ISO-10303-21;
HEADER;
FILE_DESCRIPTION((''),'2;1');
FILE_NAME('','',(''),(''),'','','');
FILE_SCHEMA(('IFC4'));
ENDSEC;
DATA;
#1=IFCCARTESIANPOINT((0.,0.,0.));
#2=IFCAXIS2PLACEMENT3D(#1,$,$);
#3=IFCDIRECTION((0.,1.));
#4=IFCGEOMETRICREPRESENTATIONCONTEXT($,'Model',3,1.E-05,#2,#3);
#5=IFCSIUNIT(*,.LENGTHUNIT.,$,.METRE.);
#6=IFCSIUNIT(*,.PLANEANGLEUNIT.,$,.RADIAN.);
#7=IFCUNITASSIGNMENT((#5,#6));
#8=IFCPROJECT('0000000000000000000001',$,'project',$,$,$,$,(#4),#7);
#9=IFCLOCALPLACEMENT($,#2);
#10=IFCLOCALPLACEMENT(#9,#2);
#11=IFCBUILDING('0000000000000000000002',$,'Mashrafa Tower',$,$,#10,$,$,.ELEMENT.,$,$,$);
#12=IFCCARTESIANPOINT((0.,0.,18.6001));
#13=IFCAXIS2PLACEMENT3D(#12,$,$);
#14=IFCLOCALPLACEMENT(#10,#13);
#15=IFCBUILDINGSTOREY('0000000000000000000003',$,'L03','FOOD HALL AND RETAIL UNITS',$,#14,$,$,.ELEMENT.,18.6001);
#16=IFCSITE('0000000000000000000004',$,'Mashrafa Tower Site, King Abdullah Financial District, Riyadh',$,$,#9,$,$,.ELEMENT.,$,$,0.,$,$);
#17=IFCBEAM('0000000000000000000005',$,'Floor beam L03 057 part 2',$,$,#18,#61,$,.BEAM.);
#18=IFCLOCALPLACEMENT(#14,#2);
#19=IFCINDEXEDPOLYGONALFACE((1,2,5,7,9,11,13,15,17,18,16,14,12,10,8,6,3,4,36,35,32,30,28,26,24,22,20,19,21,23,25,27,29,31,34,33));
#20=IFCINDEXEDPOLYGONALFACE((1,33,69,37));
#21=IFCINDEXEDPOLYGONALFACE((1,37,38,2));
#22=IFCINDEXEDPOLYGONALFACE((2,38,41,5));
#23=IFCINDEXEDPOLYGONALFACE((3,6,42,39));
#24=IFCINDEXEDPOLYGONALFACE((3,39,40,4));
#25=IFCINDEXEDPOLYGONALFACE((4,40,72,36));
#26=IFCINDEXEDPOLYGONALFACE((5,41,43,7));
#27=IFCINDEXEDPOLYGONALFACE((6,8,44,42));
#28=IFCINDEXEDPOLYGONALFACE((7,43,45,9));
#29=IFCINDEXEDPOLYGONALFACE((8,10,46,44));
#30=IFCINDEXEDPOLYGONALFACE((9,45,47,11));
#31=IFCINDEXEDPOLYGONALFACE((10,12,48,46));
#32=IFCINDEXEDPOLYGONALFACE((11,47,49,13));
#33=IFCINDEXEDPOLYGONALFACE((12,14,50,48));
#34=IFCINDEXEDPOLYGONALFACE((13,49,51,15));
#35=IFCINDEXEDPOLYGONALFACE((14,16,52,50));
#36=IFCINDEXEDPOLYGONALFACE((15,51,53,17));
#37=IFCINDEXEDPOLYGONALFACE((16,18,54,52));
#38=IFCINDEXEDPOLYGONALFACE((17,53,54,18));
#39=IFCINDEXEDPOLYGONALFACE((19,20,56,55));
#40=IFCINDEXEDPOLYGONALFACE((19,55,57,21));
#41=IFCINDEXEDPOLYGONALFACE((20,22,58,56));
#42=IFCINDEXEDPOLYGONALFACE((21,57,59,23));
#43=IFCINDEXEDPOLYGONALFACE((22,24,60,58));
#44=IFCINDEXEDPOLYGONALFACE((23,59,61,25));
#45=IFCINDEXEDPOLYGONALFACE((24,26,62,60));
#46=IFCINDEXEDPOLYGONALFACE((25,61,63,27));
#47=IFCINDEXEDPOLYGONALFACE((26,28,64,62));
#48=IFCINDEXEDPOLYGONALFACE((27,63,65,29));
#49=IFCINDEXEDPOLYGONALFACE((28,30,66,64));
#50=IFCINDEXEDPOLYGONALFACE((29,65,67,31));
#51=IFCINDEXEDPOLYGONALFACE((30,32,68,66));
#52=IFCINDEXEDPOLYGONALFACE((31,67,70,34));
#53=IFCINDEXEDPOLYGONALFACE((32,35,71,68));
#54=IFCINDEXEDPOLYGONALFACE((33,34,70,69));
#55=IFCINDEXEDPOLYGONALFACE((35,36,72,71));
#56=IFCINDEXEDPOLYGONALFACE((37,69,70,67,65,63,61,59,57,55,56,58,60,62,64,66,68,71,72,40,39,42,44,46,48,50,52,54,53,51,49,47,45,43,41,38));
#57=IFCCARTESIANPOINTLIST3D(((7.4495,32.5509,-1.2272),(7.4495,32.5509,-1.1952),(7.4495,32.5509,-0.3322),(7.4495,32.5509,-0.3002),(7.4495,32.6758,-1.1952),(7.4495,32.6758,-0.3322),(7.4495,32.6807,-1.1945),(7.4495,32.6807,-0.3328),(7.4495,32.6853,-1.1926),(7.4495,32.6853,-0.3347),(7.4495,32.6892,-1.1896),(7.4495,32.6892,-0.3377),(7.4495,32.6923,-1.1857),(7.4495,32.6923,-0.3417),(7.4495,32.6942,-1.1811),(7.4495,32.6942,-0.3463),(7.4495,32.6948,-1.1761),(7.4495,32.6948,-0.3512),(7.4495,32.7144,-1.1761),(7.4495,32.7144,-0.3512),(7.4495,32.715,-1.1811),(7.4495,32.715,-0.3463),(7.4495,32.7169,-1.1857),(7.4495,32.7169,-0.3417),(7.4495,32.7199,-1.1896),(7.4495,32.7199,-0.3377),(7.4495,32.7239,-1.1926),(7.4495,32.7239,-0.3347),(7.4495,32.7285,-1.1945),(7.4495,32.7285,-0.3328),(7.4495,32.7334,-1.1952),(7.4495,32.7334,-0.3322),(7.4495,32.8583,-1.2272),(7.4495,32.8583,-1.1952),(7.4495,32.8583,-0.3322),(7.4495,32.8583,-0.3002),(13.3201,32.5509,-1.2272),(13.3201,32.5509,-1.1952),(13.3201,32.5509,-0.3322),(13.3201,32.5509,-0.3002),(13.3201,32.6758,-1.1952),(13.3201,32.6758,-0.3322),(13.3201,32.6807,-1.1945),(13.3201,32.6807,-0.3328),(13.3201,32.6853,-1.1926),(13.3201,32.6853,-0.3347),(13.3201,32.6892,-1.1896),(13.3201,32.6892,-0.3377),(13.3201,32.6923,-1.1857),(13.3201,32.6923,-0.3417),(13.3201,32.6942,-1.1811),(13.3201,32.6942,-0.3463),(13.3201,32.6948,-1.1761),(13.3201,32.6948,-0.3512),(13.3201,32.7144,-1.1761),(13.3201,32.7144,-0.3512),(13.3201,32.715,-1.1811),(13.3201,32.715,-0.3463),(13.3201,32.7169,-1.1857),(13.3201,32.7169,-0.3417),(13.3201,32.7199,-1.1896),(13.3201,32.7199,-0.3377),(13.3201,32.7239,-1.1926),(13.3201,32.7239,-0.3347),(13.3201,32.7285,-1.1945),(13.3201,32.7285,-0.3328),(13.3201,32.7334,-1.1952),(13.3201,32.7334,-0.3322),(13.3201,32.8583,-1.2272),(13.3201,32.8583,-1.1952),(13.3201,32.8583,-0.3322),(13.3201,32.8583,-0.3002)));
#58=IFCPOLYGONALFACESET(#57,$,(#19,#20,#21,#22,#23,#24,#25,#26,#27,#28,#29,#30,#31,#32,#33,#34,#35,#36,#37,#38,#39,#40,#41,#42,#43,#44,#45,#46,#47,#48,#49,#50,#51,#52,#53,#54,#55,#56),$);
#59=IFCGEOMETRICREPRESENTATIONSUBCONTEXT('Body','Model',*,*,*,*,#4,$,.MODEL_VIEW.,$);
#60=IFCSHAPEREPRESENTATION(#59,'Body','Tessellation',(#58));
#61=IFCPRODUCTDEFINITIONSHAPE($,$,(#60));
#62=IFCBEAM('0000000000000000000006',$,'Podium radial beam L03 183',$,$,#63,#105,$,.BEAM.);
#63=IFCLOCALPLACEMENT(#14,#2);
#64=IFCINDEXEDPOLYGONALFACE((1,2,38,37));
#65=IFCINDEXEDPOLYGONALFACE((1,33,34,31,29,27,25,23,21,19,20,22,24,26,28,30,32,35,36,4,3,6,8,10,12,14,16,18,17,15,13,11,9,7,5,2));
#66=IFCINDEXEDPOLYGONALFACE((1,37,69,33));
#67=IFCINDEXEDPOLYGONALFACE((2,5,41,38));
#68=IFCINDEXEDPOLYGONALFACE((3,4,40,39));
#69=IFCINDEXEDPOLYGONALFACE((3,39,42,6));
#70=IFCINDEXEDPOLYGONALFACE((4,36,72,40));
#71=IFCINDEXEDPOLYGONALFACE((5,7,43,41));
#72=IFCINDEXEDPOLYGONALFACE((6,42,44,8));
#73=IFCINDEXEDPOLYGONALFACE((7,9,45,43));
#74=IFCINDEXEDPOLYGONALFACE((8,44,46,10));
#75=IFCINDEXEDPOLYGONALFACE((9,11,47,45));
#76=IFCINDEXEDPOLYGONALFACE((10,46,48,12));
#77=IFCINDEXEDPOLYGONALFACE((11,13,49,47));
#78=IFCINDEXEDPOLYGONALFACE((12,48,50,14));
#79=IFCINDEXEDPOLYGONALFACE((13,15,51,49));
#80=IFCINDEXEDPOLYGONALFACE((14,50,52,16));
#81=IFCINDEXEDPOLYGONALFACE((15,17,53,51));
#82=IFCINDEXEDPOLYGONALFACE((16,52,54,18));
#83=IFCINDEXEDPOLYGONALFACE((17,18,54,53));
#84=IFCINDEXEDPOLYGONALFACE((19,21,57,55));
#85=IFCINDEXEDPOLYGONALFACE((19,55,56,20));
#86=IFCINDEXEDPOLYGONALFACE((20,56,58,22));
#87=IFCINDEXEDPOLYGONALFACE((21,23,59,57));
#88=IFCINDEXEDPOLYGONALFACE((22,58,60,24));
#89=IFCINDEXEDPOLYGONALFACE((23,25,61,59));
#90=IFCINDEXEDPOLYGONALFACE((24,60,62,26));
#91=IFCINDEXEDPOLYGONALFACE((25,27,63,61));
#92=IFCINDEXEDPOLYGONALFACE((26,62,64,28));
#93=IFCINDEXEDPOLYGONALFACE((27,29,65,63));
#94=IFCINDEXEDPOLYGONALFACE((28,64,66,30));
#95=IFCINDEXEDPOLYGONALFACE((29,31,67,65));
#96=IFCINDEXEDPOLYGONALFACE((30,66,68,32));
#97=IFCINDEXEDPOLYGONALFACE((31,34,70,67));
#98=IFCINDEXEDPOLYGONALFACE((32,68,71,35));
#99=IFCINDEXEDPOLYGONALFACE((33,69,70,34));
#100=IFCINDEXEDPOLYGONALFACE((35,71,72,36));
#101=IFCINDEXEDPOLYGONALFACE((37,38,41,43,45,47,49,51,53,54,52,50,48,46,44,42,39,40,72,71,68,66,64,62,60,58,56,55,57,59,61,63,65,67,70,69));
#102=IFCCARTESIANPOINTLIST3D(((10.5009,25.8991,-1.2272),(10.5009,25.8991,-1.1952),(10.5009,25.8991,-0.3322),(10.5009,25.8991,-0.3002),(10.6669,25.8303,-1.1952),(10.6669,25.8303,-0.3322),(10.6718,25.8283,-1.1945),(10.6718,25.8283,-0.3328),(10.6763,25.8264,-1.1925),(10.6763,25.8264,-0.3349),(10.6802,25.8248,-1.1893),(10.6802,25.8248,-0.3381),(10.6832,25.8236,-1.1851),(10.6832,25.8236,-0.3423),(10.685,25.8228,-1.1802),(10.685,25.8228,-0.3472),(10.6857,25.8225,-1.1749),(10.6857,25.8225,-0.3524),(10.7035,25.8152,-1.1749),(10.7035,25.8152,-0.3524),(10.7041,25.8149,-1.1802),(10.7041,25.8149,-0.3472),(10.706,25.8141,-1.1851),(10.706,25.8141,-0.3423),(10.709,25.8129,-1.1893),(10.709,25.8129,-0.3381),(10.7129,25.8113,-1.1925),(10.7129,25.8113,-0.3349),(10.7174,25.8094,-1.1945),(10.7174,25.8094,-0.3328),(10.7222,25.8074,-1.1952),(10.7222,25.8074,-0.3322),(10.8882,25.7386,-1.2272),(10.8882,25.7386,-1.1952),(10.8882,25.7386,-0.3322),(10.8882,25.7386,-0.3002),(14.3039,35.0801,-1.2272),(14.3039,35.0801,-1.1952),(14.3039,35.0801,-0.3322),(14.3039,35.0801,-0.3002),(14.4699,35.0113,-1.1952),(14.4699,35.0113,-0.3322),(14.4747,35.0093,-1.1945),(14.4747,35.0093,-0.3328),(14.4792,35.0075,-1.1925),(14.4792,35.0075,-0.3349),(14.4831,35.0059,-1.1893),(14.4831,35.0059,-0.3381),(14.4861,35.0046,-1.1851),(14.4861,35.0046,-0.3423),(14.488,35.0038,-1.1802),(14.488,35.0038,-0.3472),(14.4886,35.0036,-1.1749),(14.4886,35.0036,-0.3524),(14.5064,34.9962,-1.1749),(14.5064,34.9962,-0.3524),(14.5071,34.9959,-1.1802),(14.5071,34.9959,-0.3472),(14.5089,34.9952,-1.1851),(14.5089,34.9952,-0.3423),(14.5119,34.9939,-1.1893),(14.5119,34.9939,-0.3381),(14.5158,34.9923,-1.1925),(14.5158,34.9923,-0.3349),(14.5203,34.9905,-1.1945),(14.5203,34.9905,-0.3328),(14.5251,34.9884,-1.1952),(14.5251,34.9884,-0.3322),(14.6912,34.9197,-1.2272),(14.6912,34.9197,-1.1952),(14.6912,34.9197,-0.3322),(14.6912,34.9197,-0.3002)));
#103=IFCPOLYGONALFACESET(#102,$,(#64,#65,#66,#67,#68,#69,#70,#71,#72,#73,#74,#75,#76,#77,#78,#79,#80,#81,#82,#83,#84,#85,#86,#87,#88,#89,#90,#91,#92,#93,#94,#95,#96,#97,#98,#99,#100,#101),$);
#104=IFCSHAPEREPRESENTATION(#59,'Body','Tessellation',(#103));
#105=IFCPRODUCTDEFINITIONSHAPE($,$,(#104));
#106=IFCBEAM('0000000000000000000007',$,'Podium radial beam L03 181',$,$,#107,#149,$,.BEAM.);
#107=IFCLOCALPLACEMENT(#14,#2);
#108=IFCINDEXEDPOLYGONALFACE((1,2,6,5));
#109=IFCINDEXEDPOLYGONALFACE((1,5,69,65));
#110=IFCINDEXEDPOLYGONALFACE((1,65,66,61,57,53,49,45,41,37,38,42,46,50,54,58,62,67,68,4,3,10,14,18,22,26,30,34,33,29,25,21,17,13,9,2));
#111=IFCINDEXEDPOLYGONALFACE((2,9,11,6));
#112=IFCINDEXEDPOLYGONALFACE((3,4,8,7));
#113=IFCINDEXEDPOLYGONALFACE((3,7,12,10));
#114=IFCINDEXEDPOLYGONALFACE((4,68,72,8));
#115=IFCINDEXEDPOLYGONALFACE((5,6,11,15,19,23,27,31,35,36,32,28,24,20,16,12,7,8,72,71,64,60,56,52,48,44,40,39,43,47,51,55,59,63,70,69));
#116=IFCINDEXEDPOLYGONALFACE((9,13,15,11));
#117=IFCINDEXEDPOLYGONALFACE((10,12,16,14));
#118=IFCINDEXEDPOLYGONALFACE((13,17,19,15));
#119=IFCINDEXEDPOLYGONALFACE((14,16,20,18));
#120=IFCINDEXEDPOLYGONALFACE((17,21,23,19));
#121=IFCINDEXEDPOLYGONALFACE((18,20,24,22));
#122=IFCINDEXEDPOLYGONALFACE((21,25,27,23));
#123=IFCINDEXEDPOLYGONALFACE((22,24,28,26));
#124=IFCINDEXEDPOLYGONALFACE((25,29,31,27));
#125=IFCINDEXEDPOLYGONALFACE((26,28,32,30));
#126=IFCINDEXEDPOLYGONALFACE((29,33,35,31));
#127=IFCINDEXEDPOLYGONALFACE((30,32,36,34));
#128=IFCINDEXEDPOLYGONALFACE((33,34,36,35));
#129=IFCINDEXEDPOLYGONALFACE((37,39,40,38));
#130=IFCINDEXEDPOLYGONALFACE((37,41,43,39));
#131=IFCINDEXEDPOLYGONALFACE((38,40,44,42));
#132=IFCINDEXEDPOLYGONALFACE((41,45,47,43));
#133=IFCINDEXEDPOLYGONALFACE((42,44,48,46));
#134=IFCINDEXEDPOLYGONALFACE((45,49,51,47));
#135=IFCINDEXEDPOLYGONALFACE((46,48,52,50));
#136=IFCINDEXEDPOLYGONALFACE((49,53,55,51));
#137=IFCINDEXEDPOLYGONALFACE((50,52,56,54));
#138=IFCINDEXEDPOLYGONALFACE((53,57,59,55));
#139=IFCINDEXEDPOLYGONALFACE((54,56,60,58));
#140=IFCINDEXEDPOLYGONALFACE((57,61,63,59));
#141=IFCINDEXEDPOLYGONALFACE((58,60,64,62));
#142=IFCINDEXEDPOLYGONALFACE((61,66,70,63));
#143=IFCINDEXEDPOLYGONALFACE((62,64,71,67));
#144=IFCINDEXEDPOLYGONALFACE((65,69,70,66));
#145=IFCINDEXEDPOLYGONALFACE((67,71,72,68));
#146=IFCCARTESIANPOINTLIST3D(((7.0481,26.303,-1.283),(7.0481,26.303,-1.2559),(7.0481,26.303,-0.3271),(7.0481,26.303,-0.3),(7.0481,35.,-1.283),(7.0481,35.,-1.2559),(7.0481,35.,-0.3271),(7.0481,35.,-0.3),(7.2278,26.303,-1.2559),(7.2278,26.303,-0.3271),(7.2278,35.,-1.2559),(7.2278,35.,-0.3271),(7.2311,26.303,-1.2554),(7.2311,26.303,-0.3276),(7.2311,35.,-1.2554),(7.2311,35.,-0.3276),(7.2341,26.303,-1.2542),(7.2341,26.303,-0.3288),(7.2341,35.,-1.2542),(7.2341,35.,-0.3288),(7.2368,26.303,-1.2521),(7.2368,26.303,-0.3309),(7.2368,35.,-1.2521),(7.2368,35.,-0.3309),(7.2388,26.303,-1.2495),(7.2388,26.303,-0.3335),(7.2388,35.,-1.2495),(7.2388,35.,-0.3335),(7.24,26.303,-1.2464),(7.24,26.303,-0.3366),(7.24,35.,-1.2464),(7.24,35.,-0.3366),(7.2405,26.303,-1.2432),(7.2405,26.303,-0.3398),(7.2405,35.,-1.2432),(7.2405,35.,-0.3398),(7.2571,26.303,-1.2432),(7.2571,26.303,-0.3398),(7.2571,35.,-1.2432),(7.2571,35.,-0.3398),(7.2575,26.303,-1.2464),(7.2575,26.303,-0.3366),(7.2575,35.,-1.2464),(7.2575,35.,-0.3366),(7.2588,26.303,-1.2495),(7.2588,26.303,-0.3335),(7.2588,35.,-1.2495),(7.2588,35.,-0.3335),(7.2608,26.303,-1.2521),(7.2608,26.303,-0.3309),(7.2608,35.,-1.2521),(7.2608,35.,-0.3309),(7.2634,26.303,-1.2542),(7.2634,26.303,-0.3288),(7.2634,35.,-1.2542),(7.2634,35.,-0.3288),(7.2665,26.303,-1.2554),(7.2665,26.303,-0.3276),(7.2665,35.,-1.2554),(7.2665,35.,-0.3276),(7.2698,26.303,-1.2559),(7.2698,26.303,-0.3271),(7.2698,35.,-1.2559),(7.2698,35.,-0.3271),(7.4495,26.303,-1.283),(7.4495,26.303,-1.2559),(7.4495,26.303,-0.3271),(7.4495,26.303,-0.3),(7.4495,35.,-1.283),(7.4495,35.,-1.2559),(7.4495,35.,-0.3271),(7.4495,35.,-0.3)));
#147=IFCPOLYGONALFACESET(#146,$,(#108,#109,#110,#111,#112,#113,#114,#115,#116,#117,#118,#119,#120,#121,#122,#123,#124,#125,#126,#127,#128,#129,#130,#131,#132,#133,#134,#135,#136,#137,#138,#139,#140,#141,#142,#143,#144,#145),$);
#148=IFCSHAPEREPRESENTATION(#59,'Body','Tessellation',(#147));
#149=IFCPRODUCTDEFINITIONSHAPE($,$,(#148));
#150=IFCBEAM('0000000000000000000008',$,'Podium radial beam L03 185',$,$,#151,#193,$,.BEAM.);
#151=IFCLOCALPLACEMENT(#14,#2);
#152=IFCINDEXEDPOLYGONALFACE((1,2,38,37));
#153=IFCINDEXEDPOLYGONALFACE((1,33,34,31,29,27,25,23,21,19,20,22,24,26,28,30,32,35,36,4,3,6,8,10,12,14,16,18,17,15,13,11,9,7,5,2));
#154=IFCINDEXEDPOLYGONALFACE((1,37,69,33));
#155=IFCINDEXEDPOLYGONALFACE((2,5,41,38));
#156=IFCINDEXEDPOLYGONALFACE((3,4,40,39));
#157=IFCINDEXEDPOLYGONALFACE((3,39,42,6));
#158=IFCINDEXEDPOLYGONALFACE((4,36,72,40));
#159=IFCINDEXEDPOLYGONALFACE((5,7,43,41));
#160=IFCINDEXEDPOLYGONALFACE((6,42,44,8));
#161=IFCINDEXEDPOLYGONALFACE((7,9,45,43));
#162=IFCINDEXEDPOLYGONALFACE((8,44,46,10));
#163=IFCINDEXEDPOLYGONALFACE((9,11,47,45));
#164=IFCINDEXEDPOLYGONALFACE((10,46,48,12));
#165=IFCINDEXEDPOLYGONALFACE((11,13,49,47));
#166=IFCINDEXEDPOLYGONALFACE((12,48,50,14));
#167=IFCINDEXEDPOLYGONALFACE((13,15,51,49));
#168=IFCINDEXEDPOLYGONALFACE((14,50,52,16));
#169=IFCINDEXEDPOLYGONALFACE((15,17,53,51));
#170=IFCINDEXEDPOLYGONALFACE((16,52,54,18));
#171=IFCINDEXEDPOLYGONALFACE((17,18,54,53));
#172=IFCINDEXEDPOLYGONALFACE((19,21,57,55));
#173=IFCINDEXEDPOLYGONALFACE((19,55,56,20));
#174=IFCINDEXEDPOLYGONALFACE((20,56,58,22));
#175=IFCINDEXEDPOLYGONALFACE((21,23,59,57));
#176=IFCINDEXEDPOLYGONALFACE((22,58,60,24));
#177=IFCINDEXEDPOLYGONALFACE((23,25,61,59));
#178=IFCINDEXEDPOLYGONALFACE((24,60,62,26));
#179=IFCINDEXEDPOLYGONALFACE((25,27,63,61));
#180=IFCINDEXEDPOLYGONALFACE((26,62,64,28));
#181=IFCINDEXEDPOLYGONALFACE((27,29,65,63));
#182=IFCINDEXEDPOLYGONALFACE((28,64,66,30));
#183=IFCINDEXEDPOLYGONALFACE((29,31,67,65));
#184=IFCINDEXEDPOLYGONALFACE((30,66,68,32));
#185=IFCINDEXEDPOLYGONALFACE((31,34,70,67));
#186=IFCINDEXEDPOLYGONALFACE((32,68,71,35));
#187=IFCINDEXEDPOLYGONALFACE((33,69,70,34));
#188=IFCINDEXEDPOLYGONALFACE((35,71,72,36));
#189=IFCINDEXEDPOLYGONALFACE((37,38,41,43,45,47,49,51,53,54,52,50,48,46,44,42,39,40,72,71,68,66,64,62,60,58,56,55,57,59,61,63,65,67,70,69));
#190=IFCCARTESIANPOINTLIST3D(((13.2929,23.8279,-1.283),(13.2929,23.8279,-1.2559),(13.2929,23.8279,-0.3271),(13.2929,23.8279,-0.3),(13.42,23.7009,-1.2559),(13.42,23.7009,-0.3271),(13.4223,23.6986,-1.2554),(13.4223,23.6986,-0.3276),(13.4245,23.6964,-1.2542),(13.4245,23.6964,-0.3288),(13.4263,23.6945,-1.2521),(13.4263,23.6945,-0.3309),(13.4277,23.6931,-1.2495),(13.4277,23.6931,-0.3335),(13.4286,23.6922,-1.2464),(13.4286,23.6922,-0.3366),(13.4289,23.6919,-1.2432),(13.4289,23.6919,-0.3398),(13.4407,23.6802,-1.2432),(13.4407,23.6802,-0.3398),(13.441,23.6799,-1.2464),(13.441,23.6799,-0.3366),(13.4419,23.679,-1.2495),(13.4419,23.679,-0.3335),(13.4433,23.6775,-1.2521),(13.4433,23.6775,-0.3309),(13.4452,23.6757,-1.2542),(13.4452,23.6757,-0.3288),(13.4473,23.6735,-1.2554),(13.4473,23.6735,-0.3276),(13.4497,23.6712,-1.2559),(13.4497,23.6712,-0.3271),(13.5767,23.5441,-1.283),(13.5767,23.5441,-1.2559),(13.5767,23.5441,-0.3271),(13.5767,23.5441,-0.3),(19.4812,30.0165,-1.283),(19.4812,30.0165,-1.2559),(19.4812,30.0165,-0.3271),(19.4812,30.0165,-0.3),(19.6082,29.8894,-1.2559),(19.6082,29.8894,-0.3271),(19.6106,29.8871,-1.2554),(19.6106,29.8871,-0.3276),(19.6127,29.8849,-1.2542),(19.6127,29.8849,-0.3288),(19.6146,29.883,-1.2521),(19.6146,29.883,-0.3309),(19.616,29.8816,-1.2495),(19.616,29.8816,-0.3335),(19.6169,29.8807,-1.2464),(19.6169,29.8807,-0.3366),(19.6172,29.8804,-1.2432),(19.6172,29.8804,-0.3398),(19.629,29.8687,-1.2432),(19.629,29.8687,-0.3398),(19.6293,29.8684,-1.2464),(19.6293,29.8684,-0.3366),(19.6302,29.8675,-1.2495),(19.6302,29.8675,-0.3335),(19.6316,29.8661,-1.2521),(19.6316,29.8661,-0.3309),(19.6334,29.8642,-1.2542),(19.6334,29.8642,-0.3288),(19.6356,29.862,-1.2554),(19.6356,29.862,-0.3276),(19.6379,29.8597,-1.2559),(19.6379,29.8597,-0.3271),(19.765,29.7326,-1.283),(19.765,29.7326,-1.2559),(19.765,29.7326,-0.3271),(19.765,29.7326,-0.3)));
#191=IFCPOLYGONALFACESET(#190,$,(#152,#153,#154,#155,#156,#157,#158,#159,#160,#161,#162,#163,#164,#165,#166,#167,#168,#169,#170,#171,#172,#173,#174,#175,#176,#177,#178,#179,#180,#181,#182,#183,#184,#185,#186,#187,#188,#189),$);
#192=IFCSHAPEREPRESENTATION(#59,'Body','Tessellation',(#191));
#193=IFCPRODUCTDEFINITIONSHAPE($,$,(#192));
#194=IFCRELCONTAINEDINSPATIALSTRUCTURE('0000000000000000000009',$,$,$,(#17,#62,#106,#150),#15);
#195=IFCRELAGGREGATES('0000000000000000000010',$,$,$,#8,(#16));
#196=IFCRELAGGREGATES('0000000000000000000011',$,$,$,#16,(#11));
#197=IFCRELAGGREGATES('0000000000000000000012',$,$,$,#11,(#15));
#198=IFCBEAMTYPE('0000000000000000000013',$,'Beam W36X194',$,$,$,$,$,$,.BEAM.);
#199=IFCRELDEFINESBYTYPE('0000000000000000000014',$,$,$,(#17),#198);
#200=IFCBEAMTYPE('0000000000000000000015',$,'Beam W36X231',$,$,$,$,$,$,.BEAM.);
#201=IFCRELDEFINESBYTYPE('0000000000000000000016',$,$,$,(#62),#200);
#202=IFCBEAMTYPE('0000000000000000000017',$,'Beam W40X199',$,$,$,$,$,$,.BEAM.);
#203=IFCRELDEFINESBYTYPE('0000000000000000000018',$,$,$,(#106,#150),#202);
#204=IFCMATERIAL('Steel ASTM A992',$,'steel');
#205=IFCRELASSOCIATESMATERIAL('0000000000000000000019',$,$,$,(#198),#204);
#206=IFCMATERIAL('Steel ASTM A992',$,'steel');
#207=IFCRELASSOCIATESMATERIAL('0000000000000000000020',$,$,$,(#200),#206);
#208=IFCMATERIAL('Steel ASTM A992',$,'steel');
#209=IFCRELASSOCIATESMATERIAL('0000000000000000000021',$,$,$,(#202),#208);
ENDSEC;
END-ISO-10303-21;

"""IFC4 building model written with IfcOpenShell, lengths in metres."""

from ifc_helpers import new_model, si_unit, direction, frame, origin, origin_2d, place, context, subcontext, project, spatial, i_section, extrude, material, material_profile, profile_set, type_object, element, save


model = new_model("IFC4")

# Units and contexts
model_context = context("Model", 3, precision=1e-05, world=origin(), true_north=direction((0.0, 1.0)))
body_context = subcontext(model_context, "Body", "Model", "MODEL_VIEW")
ifc_project = project(units=[si_unit("LENGTHUNIT", "METRE"), si_unit("PLANEANGLEUNIT", "RADIAN")], contexts=[model_context])

# Site, building, storey
site_placement = place(None, origin())
site = spatial("IfcSite", under=ifc_project, at=site_placement, Name="Mashrafa Tower Site, King Abdullah Financial District, Riyadh", CompositionType="ELEMENT", RefElevation=0.0)
building_placement = place(site_placement, origin())
building = spatial("IfcBuilding", under=site, at=building_placement, Name="Mashrafa Tower", CompositionType="ELEMENT")
storey_placement = place(building_placement, frame((0.0, 0.0, 18.6001)))
storey = spatial("IfcBuildingStorey", under=building, at=storey_placement, Name="L03", Description="FOOD HALL AND RETAIL UNITS", CompositionType="ELEMENT", Elevation=18.6001)

# Beams
ifc_material_1 = material(Name="Steel ASTM A992", Category="steel")
ifc_material_profile_1 = material_profile(ifc_material_1, i_section(OverallWidth=0.3074, OverallDepth=0.927, WebThickness=0.0195, FlangeThickness=0.032, FilletRadius=0.019, at=origin_2d()), Name="W36X194")
ifc_profile_set_1 = profile_set([ifc_material_profile_1], Name="Steel ASTM A992")
beam_type_1 = type_object("IfcBeamType", Name="Beam W36X194", PredefinedType="BEAM", material=ifc_profile_set_1)
beam_1_placement = place(storey_placement, frame((7.4495, 32.7046, -0.7637), z_axis=(1.0, 0.0, 0.0), x_axis=(0.0, 1.0, 0.0)))
element("IfcBeam", 1, at=beam_1_placement, inside=storey, type_object=beam_type_1, Name="Floor beam L03 057 part 2", PredefinedType="BEAM", context=body_context, shape_type="SweptSolid", body=[
    extrude(i_section(OverallWidth=0.3074, OverallDepth=0.927, WebThickness=0.0195, FlangeThickness=0.032, FilletRadius=0.019, at=origin_2d()), origin(), (0.0, 0.0, 1.0), 5.8706),
])
ifc_material_2 = material(Name="Steel ASTM A992", Category="steel")
ifc_material_profile_2 = material_profile(ifc_material_2, i_section(OverallWidth=0.4192, OverallDepth=0.927, WebThickness=0.0193, FlangeThickness=0.032, FilletRadius=0.0203, at=origin_2d()), Name="W36X231")
ifc_profile_set_2 = profile_set([ifc_material_profile_2], Name="Steel ASTM A992")
beam_type_2 = type_object("IfcBeamType", Name="Beam W36X231", PredefinedType="BEAM", material=ifc_profile_set_2)
beam_2_placement = place(storey_placement, frame((10.6946, 25.8188, -0.7637), z_axis=(0.382685, 0.923879, 0.0), x_axis=(-0.923879, 0.382685, 0.0)))
element("IfcBeam", 2, at=beam_2_placement, inside=storey, type_object=beam_type_2, Name="Podium radial beam L03 183", PredefinedType="BEAM", context=body_context, shape_type="SweptSolid", body=[
    extrude(i_section(OverallWidth=0.4192, OverallDepth=0.927, WebThickness=0.0193, FlangeThickness=0.032, FilletRadius=0.0203, at=origin_2d()), origin(), (0.0, 0.0, 1.0), 9.9375),
])
ifc_material_3 = material(Name="Steel ASTM A992", Category="steel")
ifc_material_profile_3 = material_profile(ifc_material_3, i_section(OverallWidth=0.4014, OverallDepth=0.9829, WebThickness=0.0166, FlangeThickness=0.0271, FilletRadius=0.0127, at=origin_2d()), Name="W40X199")
ifc_profile_set_3 = profile_set([ifc_material_profile_3], Name="Steel ASTM A992")
beam_type_3 = type_object("IfcBeamType", Name="Beam W40X199", PredefinedType="BEAM", material=ifc_profile_set_3)
beam_3_placement = place(storey_placement, frame((7.2488, 26.303, -0.7915), z_axis=(0.0, 1.0, 0.0), x_axis=(-1.0, 0.0, 0.0)))
element("IfcBeam", 3, at=beam_3_placement, inside=storey, type_object=beam_type_3, Name="Podium radial beam L03 181", PredefinedType="BEAM", context=body_context, shape_type="SweptSolid", body=[
    extrude(i_section(OverallWidth=0.4014, OverallDepth=0.9829, WebThickness=0.0166, FlangeThickness=0.0271, FilletRadius=0.0127, at=origin_2d()), origin(), (0.0, 0.0, 1.0), 8.697),
])
beam_4_placement = place(storey_placement, frame((13.4348, 23.686, -0.7915), z_axis=(0.707093, 0.707121, 0.0), x_axis=(-0.707121, 0.707093, 0.0)))
element("IfcBeam", 4, at=beam_4_placement, inside=storey, type_object=beam_type_3, Name="Podium radial beam L03 185", PredefinedType="BEAM", context=body_context, shape_type="SweptSolid", body=[
    extrude(i_section(OverallWidth=0.4014, OverallDepth=0.9829, WebThickness=0.0166, FlangeThickness=0.0271, FilletRadius=0.0127, at=origin_2d()), origin(), (0.0, 0.0, 1.0), 8.7517),
])

save(model, "model.ifc")
